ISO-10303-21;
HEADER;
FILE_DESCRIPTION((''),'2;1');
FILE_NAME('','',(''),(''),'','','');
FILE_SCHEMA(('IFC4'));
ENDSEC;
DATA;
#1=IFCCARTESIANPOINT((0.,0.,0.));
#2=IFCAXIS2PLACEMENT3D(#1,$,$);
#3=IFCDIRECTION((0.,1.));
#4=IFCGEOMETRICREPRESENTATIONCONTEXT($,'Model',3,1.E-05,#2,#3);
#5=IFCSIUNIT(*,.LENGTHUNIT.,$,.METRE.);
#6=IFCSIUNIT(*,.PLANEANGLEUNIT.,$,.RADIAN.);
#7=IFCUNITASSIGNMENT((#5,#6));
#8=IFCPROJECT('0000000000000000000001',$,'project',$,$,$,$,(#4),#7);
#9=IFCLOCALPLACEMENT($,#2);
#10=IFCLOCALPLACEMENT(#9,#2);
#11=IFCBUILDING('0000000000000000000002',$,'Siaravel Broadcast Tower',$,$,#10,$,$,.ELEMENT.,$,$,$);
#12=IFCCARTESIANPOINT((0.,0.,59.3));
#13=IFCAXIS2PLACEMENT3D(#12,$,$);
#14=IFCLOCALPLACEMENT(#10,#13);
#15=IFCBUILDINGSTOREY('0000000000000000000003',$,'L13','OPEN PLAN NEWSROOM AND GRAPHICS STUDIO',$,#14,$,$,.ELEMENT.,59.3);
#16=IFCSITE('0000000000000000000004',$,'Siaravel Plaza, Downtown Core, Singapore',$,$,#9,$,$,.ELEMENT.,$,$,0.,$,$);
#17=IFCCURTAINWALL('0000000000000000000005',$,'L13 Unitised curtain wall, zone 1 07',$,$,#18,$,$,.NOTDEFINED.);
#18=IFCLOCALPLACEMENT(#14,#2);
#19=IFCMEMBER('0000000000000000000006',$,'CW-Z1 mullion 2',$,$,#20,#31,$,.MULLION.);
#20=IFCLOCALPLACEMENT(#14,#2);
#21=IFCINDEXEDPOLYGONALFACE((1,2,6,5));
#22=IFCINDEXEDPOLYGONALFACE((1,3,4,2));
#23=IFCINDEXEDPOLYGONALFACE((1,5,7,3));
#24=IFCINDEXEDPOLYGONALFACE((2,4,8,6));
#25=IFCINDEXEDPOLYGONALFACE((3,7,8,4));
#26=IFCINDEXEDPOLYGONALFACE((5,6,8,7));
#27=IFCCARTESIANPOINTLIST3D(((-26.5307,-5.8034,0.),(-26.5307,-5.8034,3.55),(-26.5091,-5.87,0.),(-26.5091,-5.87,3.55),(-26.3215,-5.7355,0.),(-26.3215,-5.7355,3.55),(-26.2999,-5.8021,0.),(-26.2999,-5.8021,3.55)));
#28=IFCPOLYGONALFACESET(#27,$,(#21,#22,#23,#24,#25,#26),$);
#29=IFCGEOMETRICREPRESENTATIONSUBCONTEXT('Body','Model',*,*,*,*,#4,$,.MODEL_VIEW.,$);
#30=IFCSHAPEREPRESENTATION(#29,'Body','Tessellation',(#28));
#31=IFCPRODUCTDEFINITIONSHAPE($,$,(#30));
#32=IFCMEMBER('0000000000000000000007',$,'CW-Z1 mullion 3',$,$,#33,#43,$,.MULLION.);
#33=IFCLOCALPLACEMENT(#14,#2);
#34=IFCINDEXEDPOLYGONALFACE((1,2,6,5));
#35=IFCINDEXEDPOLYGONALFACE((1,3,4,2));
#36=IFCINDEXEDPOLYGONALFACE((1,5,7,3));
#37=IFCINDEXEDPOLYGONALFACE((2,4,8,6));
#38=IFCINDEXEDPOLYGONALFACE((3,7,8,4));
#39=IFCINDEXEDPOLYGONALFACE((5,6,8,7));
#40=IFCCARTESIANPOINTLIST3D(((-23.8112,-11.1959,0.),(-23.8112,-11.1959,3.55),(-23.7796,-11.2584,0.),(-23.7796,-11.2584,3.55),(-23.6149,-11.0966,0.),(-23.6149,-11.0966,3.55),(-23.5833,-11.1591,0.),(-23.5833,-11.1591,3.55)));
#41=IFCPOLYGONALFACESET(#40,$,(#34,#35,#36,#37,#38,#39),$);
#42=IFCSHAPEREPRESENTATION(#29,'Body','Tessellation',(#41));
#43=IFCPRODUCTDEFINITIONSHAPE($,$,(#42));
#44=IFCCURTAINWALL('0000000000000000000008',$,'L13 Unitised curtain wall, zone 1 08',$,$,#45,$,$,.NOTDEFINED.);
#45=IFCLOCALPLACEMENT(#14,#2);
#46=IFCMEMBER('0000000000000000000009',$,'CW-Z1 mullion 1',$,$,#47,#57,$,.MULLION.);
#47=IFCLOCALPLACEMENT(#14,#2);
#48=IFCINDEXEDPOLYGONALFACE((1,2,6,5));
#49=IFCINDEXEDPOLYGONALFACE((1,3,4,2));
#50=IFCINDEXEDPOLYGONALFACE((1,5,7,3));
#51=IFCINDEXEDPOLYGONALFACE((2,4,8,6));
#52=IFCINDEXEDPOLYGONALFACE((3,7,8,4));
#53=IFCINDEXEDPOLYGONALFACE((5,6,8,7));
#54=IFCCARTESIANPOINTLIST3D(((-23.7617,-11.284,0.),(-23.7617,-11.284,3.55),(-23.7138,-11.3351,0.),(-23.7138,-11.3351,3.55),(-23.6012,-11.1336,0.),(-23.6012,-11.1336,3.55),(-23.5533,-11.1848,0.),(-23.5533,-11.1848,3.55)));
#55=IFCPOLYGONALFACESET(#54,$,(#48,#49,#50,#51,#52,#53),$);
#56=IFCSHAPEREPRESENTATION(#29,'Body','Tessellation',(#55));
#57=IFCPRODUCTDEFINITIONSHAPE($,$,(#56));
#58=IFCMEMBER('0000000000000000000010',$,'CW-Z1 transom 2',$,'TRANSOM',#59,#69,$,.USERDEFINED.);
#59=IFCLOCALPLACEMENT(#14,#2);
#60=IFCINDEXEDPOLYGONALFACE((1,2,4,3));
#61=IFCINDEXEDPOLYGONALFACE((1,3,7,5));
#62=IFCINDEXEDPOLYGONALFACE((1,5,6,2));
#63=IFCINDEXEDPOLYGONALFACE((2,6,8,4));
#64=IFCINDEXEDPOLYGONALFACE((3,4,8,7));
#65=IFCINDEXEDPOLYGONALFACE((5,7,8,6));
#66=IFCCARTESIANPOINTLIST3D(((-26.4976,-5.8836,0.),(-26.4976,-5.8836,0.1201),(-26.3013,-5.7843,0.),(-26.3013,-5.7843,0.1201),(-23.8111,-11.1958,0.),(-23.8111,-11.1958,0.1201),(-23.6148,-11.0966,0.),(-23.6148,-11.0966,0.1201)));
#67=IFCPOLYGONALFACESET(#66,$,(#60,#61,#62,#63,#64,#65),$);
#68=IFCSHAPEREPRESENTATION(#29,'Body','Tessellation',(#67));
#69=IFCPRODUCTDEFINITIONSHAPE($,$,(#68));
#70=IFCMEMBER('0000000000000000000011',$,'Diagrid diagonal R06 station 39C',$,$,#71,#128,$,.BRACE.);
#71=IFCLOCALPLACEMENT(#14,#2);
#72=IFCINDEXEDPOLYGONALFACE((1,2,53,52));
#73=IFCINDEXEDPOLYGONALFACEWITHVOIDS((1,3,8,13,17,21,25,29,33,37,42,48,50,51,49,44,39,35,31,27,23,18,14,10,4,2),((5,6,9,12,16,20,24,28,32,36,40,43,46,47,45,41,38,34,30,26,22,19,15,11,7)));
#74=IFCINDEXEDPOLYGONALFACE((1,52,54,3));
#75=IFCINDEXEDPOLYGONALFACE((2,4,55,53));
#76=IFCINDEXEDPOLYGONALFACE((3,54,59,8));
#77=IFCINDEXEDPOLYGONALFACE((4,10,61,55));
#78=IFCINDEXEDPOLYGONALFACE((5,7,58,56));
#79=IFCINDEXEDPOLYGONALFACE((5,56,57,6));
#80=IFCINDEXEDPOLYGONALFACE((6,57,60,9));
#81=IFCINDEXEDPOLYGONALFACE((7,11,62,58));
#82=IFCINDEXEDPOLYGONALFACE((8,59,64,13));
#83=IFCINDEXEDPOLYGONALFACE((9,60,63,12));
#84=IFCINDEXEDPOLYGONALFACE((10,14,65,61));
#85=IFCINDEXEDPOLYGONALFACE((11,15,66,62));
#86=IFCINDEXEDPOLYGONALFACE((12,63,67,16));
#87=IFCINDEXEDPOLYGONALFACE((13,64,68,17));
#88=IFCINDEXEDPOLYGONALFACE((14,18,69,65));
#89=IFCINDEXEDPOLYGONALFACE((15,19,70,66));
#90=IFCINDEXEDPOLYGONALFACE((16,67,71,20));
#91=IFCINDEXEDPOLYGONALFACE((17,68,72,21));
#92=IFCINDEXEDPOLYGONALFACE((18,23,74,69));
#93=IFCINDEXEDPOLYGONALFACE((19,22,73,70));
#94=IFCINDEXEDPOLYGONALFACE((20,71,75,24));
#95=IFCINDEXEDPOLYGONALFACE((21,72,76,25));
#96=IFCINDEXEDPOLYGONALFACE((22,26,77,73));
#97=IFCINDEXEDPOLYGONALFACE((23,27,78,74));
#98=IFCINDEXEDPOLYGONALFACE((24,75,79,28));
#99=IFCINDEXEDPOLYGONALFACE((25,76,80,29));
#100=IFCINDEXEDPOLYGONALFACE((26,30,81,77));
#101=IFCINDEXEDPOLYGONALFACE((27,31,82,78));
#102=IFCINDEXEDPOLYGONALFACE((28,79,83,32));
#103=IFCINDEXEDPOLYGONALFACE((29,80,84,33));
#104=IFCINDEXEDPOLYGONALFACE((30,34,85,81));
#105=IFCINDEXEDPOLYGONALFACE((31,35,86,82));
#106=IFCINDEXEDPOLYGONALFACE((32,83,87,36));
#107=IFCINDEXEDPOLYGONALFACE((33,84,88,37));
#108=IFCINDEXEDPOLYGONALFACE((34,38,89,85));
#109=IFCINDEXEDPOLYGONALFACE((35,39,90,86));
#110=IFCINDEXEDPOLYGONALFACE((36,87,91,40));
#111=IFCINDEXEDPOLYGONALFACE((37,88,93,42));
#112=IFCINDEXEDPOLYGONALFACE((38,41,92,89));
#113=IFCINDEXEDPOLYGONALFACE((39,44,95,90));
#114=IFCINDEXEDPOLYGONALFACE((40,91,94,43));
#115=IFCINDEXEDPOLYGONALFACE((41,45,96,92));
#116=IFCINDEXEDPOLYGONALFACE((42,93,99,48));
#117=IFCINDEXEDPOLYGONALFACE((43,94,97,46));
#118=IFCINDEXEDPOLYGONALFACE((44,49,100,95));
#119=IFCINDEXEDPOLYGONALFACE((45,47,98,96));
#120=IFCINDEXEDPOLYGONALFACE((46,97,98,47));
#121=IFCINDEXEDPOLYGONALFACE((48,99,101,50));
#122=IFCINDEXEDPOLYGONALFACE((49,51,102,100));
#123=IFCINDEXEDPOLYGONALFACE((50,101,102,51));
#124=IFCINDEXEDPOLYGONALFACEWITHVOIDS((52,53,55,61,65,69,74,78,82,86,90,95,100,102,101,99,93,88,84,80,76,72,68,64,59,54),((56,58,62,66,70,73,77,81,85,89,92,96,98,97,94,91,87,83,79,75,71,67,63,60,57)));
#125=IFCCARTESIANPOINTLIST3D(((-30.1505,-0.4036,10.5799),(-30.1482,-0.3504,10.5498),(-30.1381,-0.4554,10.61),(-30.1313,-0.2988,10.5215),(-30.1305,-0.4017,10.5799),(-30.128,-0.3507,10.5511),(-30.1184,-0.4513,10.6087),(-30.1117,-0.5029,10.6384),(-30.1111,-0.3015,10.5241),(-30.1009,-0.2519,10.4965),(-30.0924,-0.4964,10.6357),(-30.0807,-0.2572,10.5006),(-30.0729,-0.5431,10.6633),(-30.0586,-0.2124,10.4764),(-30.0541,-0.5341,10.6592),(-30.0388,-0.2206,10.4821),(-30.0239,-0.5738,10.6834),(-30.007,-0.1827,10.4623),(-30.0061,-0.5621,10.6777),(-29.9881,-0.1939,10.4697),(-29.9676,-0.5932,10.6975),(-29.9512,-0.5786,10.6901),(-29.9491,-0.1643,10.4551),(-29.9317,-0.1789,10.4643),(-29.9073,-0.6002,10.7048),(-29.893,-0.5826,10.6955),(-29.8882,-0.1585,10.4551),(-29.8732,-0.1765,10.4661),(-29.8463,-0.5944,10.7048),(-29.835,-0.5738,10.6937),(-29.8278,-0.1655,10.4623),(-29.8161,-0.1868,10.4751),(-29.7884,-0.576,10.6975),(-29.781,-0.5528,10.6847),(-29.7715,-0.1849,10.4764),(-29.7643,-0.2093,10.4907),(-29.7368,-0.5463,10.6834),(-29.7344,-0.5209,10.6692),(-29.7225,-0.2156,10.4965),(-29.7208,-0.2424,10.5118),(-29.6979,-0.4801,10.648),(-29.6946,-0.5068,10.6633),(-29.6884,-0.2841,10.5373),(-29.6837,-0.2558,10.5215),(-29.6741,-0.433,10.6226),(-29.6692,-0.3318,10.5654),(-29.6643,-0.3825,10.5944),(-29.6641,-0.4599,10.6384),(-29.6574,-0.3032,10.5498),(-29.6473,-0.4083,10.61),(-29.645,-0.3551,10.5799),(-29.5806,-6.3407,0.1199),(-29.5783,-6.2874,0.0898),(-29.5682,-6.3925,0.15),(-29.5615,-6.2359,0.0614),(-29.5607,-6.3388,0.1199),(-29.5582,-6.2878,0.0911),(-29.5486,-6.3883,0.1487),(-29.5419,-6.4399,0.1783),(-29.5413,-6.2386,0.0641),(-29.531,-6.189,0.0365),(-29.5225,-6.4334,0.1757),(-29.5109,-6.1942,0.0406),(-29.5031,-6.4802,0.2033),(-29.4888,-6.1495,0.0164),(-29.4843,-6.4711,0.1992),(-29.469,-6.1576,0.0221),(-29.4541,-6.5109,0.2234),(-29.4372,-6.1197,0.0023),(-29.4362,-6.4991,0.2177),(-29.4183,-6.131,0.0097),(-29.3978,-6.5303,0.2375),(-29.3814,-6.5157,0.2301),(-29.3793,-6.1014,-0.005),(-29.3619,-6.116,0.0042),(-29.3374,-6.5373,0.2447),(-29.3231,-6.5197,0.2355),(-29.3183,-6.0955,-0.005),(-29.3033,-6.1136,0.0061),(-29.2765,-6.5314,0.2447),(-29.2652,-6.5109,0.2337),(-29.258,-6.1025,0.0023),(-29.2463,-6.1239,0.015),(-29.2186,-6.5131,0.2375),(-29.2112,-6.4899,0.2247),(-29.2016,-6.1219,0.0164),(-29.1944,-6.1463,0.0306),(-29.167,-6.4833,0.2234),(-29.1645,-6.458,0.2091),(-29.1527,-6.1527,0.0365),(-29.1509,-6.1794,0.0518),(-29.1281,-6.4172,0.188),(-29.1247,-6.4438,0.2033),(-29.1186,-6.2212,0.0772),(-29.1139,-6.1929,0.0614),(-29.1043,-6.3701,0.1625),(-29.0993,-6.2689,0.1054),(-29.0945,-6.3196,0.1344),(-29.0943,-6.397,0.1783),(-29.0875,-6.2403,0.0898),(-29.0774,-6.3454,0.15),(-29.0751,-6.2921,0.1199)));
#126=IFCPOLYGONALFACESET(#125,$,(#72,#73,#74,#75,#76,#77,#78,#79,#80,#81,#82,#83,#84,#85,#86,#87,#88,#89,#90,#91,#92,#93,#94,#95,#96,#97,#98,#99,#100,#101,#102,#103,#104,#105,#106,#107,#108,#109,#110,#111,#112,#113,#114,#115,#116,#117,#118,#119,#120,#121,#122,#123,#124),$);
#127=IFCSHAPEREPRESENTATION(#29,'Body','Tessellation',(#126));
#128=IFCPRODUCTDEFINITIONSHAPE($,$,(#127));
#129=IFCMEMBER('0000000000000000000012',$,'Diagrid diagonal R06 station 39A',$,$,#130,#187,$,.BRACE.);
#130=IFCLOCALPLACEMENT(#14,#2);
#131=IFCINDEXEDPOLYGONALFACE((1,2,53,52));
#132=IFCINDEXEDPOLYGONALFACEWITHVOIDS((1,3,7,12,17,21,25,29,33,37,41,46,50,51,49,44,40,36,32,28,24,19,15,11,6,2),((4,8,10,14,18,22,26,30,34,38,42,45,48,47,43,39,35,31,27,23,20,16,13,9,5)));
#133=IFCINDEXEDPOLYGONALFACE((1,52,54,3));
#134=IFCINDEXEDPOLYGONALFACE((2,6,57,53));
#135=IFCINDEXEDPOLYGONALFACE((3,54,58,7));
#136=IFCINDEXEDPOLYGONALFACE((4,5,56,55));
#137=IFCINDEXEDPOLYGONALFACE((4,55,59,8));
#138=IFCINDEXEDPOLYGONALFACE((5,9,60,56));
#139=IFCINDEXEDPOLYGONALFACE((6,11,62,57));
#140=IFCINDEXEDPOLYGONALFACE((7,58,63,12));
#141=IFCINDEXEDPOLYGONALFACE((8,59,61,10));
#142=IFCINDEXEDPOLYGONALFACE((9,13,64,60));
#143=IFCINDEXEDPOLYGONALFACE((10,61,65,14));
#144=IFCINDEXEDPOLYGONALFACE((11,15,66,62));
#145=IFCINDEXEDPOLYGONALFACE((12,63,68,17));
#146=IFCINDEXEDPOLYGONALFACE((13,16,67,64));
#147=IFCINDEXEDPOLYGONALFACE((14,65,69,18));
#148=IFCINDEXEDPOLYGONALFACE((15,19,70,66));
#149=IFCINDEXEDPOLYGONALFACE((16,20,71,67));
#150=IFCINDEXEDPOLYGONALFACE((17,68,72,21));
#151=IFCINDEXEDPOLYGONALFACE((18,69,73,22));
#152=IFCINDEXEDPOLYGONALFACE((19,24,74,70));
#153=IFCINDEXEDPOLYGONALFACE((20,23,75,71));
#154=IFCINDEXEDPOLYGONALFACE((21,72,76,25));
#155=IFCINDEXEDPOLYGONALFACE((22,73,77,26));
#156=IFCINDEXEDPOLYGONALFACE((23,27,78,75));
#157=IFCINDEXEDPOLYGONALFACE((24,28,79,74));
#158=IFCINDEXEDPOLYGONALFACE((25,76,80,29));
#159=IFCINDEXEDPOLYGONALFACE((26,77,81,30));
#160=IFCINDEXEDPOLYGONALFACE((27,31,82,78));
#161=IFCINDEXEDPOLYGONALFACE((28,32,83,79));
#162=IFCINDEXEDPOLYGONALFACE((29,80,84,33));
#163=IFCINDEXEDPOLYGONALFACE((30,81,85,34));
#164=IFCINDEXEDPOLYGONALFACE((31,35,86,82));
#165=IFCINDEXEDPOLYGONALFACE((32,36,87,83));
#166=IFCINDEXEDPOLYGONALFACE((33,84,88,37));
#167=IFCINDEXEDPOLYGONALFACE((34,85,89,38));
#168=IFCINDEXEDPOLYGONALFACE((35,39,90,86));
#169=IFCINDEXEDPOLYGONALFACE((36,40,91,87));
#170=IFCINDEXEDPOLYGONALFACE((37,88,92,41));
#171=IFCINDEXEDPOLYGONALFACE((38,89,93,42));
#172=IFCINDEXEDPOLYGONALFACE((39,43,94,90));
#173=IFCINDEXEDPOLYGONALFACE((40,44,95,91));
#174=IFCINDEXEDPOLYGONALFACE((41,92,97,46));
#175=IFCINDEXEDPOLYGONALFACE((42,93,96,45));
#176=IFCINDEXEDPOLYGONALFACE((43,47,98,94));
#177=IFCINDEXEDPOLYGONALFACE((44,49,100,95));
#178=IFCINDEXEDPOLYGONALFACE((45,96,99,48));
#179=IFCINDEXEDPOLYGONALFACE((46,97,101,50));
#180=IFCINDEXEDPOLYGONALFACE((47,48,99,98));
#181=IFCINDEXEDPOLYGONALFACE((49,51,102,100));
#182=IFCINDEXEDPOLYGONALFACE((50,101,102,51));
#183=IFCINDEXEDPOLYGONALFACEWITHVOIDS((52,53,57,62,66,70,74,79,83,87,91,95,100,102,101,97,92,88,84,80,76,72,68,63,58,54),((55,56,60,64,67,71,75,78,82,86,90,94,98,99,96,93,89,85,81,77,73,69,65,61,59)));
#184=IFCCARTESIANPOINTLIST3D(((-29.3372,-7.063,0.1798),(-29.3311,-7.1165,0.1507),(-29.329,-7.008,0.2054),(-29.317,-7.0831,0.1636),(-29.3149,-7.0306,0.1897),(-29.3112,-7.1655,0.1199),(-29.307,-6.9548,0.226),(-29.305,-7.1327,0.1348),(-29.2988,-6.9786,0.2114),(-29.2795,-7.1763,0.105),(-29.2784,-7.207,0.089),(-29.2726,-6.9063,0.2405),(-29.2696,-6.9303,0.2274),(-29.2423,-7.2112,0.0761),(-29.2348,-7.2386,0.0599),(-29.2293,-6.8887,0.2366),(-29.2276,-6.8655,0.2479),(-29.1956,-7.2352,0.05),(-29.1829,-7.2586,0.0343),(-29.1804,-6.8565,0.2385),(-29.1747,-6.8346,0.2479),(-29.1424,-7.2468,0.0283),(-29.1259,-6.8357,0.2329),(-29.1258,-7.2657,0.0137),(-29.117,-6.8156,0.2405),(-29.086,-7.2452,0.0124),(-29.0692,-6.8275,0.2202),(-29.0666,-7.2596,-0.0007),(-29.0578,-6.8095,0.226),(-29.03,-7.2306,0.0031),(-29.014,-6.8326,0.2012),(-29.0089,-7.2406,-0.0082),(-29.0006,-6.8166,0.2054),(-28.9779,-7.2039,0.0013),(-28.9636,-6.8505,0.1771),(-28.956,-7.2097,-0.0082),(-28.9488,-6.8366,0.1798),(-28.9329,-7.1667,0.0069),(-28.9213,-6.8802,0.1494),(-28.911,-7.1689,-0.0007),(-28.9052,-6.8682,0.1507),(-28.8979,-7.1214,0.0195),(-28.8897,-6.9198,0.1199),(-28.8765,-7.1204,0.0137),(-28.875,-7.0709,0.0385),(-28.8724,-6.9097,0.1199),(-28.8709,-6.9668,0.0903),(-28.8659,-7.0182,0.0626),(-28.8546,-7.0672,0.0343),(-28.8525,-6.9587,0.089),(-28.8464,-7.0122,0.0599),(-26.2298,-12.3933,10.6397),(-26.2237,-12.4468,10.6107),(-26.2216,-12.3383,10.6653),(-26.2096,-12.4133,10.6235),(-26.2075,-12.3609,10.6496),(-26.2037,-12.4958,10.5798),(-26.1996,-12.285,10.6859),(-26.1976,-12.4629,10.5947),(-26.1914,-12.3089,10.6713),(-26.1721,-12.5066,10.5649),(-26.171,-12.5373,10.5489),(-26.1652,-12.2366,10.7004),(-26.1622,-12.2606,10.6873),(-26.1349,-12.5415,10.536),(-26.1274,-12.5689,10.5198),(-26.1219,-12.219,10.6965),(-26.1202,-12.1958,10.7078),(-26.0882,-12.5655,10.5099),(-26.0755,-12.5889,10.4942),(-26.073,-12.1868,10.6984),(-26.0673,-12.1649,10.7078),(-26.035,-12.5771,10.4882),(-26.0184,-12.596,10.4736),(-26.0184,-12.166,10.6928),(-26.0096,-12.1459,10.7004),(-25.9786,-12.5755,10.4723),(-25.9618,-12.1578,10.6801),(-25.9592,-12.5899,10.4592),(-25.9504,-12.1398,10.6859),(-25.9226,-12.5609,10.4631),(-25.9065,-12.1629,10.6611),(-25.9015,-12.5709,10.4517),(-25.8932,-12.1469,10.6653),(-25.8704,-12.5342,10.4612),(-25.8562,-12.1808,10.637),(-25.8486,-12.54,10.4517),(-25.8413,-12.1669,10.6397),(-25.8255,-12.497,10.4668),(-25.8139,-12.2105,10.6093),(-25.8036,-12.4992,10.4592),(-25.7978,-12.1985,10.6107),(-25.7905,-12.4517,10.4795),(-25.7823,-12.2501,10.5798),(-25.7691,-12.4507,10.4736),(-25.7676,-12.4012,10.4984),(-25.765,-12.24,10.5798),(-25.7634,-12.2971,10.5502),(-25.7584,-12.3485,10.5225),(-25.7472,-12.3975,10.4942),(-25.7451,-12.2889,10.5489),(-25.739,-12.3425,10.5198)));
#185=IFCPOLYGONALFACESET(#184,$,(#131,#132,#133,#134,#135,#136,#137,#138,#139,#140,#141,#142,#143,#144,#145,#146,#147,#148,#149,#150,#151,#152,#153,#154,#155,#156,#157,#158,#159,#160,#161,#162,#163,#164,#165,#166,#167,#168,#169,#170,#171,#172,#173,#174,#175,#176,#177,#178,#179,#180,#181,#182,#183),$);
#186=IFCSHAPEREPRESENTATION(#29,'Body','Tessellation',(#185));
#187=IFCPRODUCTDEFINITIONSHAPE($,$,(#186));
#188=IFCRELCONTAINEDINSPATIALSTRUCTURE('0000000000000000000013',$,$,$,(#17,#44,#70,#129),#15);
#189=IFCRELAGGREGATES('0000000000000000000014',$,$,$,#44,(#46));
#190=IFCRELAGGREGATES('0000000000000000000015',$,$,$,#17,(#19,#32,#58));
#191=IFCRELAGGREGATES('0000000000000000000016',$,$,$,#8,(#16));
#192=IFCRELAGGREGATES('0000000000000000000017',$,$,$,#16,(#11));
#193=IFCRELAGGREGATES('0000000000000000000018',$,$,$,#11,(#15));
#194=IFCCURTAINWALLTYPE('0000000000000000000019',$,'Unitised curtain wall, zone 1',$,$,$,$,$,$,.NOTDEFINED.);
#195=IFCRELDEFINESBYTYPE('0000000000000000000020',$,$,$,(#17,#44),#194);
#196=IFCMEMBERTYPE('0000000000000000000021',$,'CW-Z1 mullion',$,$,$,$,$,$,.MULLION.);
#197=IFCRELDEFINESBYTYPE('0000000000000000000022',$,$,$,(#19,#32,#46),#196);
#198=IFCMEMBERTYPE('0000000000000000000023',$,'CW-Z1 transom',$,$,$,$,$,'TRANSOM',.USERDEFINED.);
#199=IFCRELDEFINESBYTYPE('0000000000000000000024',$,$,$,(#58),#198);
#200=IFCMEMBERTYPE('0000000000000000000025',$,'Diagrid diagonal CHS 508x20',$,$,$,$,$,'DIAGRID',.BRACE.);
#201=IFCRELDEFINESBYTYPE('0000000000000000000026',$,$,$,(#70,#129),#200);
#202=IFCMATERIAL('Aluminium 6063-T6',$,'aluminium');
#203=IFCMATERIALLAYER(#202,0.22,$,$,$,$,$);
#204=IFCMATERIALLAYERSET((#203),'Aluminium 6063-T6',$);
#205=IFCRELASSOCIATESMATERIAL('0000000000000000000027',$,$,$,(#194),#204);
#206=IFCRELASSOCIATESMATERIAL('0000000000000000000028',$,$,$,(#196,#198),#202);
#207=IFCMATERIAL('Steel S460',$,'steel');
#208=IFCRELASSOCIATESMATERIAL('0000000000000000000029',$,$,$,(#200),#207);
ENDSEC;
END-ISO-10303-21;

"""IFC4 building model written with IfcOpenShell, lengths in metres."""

from ifc_helpers import new_model, si_unit, direction, frame, origin, origin_2d, place, context, subcontext, project, spatial, rectangle, hollow_circle, extrude, material, layer, layer_set, material_profile, profile_set, type_object, element, aggregate, save


model = new_model("IFC4")

# Units and contexts
model_context = context("Model", 3, precision=1e-05, world=origin(), true_north=direction((0.0, 1.0)))
body_context = subcontext(model_context, "Body", "Model", "MODEL_VIEW")
ifc_project = project(units=[si_unit("LENGTHUNIT", "METRE"), si_unit("PLANEANGLEUNIT", "RADIAN")], contexts=[model_context])

# Site, building, storey
site_placement = place(None, origin())
site = spatial("IfcSite", under=ifc_project, at=site_placement, Name="Siaravel Plaza, Downtown Core, Singapore", CompositionType="ELEMENT", RefElevation=0.0)
building_placement = place(site_placement, origin())
building = spatial("IfcBuilding", under=site, at=building_placement, Name="Siaravel Broadcast Tower", CompositionType="ELEMENT")
storey_placement = place(building_placement, frame((0.0, 0.0, 59.3)))
storey = spatial("IfcBuildingStorey", under=building, at=storey_placement, Name="L13", Description="OPEN PLAN NEWSROOM AND GRAPHICS STUDIO", CompositionType="ELEMENT", Elevation=59.3)

# Curtain wall, members
ifc_material_1 = material(Name="Aluminium 6063-T6", Category="aluminium")
ifc_layer_1 = layer(ifc_material_1, 0.22)
ifc_layer_set_1 = layer_set([ifc_layer_1], Name="Aluminium 6063-T6")
curtain_wall_type = type_object("IfcCurtainWallType", Name="Unitised curtain wall, zone 1", PredefinedType="NOTDEFINED", material=ifc_layer_set_1)
curtain_wall_1_placement = place(storey_placement, origin())
curtain_wall_1 = element("IfcCurtainWall", 1, at=curtain_wall_1_placement, inside=storey, type_object=curtain_wall_type, Name="L13 Unitised curtain wall, zone 1 07", PredefinedType="NOTDEFINED")
ifc_material_profile_1 = material_profile(ifc_material_1, rectangle(XDim=0.22, YDim=0.0701, at=origin_2d()))
ifc_profile_set_1 = profile_set([ifc_material_profile_1], Name="Aluminium 6063-T6")
member_type_1 = type_object("IfcMemberType", Name="CW-Z1 mullion", PredefinedType="MULLION", material=ifc_profile_set_1)
member_1_placement = place(storey_placement, frame((-26.4153, -5.8027, 0.0), z_axis=(0.0, 0.0, 1.0), x_axis=(0.951177, 0.308646, 0.0)))
member_1 = element("IfcMember", 2, at=member_1_placement, type_object=member_type_1, Name="CW-Z1 mullion 2", PredefinedType="MULLION", context=body_context, shape_type="SweptSolid", body=[
    extrude(rectangle(XDim=0.22, YDim=0.0701, at=origin_2d()), origin(), (0.0, 0.0, 1.0), 3.55),
])
member_2_placement = place(storey_placement, frame((-23.6973, -11.1775, 0.0), z_axis=(0.0, 0.0, 1.0), x_axis=(0.892391, 0.451262, 0.0)))
member_2 = element("IfcMember", 3, at=member_2_placement, type_object=member_type_1, Name="CW-Z1 mullion 3", PredefinedType="MULLION", context=body_context, shape_type="SweptSolid", body=[
    extrude(rectangle(XDim=0.22, YDim=0.0701, at=origin_2d()), origin(), (0.0, 0.0, 1.0), 3.55),
])

# Curtain wall, member
curtain_wall_2_placement = place(storey_placement, origin())
curtain_wall_2 = element("IfcCurtainWall", 4, at=curtain_wall_2_placement, inside=storey, type_object=curtain_wall_type, Name="L13 Unitised curtain wall, zone 1 08", PredefinedType="NOTDEFINED")
member_3_placement = place(storey_placement, frame((-23.6575, -11.2344, 0.0), z_axis=(0.0, 0.0, 1.0), x_axis=(0.729804, 0.683657, 0.0)))
member_3 = element("IfcMember", 5, at=member_3_placement, type_object=member_type_1, Name="CW-Z1 mullion 1", PredefinedType="MULLION", context=body_context, shape_type="SweptSolid", body=[
    extrude(rectangle(XDim=0.22, YDim=0.0701, at=origin_2d()), origin(), (0.0, 0.0, 1.0), 3.55),
])
aggregate(curtain_wall_2, [member_3])

# Member
ifc_material_profile_2 = material_profile(ifc_material_1, rectangle(XDim=0.22, YDim=0.1201, at=origin_2d()))
ifc_profile_set_2 = profile_set([ifc_material_profile_2], Name="Aluminium 6063-T6")
member_type_2 = type_object("IfcMemberType", Name="CW-Z1 transom", ElementType="TRANSOM", PredefinedType="USERDEFINED", material=ifc_profile_set_2)
member_4_placement = place(storey_placement, frame((-26.3994, -5.834, 0.0601), z_axis=(0.451294, -0.892375, 0.0), x_axis=(0.892375, 0.451294, 0.0)))
member_4 = element("IfcMember", 6, at=member_4_placement, type_object=member_type_2, Name="CW-Z1 transom 2", ObjectType="TRANSOM", PredefinedType="USERDEFINED", context=body_context, shape_type="SweptSolid", body=[
    extrude(rectangle(XDim=0.22, YDim=0.1201, at=origin_2d()), origin(), (0.0, 0.0, 1.0), 5.9529),
])

# Members
ifc_material_2 = material(Name="Steel S460", Category="steel")
ifc_material_profile_3 = material_profile(ifc_material_2, hollow_circle(Radius=0.2539, WallThickness=0.02, at=origin_2d()))
ifc_profile_set_3 = profile_set([ifc_material_profile_3], Name="Steel S460")
member_type_3 = type_object("IfcMemberType", Name="Diagrid diagonal CHS 508x20", ElementType="DIAGRID", PredefinedType="BRACE", material=ifc_profile_set_3)
member_5_placement = place(storey_placement, frame((-29.3279, -6.3164, 0.1199), z_axis=(-0.047324, 0.49307, 0.868702), x_axis=(-0.995426, -0.095539, 0.0)))
element("IfcMember", 7, at=member_5_placement, inside=storey, type_object=member_type_3, Name="Diagrid diagonal R06 station 39C", PredefinedType="BRACE", context=body_context, shape_type="SweptSolid", body=[
    extrude(hollow_circle(Radius=0.2539, WallThickness=0.02, at=origin_2d()), origin(), (0.0, 0.0, 1.0), 12.041),
])
member_6_placement = place(storey_placement, frame((-29.0918, -7.0376, 0.1199), z_axis=(0.255879, -0.438923, 0.86132), x_axis=(0.863915, 0.503637, 0.0)))
element("IfcMember", 8, at=member_6_placement, inside=storey, type_object=member_type_3, Name="Diagrid diagonal R06 station 39A", PredefinedType="BRACE", context=body_context, shape_type="SweptSolid", body=[
    extrude(hollow_circle(Radius=0.2539, WallThickness=0.02, at=origin_2d()), origin(), (0.0, 0.0, 1.0), 12.144),
])

aggregate(curtain_wall_1, [member_1, member_2, member_4])

save(model, "model.ifc")
